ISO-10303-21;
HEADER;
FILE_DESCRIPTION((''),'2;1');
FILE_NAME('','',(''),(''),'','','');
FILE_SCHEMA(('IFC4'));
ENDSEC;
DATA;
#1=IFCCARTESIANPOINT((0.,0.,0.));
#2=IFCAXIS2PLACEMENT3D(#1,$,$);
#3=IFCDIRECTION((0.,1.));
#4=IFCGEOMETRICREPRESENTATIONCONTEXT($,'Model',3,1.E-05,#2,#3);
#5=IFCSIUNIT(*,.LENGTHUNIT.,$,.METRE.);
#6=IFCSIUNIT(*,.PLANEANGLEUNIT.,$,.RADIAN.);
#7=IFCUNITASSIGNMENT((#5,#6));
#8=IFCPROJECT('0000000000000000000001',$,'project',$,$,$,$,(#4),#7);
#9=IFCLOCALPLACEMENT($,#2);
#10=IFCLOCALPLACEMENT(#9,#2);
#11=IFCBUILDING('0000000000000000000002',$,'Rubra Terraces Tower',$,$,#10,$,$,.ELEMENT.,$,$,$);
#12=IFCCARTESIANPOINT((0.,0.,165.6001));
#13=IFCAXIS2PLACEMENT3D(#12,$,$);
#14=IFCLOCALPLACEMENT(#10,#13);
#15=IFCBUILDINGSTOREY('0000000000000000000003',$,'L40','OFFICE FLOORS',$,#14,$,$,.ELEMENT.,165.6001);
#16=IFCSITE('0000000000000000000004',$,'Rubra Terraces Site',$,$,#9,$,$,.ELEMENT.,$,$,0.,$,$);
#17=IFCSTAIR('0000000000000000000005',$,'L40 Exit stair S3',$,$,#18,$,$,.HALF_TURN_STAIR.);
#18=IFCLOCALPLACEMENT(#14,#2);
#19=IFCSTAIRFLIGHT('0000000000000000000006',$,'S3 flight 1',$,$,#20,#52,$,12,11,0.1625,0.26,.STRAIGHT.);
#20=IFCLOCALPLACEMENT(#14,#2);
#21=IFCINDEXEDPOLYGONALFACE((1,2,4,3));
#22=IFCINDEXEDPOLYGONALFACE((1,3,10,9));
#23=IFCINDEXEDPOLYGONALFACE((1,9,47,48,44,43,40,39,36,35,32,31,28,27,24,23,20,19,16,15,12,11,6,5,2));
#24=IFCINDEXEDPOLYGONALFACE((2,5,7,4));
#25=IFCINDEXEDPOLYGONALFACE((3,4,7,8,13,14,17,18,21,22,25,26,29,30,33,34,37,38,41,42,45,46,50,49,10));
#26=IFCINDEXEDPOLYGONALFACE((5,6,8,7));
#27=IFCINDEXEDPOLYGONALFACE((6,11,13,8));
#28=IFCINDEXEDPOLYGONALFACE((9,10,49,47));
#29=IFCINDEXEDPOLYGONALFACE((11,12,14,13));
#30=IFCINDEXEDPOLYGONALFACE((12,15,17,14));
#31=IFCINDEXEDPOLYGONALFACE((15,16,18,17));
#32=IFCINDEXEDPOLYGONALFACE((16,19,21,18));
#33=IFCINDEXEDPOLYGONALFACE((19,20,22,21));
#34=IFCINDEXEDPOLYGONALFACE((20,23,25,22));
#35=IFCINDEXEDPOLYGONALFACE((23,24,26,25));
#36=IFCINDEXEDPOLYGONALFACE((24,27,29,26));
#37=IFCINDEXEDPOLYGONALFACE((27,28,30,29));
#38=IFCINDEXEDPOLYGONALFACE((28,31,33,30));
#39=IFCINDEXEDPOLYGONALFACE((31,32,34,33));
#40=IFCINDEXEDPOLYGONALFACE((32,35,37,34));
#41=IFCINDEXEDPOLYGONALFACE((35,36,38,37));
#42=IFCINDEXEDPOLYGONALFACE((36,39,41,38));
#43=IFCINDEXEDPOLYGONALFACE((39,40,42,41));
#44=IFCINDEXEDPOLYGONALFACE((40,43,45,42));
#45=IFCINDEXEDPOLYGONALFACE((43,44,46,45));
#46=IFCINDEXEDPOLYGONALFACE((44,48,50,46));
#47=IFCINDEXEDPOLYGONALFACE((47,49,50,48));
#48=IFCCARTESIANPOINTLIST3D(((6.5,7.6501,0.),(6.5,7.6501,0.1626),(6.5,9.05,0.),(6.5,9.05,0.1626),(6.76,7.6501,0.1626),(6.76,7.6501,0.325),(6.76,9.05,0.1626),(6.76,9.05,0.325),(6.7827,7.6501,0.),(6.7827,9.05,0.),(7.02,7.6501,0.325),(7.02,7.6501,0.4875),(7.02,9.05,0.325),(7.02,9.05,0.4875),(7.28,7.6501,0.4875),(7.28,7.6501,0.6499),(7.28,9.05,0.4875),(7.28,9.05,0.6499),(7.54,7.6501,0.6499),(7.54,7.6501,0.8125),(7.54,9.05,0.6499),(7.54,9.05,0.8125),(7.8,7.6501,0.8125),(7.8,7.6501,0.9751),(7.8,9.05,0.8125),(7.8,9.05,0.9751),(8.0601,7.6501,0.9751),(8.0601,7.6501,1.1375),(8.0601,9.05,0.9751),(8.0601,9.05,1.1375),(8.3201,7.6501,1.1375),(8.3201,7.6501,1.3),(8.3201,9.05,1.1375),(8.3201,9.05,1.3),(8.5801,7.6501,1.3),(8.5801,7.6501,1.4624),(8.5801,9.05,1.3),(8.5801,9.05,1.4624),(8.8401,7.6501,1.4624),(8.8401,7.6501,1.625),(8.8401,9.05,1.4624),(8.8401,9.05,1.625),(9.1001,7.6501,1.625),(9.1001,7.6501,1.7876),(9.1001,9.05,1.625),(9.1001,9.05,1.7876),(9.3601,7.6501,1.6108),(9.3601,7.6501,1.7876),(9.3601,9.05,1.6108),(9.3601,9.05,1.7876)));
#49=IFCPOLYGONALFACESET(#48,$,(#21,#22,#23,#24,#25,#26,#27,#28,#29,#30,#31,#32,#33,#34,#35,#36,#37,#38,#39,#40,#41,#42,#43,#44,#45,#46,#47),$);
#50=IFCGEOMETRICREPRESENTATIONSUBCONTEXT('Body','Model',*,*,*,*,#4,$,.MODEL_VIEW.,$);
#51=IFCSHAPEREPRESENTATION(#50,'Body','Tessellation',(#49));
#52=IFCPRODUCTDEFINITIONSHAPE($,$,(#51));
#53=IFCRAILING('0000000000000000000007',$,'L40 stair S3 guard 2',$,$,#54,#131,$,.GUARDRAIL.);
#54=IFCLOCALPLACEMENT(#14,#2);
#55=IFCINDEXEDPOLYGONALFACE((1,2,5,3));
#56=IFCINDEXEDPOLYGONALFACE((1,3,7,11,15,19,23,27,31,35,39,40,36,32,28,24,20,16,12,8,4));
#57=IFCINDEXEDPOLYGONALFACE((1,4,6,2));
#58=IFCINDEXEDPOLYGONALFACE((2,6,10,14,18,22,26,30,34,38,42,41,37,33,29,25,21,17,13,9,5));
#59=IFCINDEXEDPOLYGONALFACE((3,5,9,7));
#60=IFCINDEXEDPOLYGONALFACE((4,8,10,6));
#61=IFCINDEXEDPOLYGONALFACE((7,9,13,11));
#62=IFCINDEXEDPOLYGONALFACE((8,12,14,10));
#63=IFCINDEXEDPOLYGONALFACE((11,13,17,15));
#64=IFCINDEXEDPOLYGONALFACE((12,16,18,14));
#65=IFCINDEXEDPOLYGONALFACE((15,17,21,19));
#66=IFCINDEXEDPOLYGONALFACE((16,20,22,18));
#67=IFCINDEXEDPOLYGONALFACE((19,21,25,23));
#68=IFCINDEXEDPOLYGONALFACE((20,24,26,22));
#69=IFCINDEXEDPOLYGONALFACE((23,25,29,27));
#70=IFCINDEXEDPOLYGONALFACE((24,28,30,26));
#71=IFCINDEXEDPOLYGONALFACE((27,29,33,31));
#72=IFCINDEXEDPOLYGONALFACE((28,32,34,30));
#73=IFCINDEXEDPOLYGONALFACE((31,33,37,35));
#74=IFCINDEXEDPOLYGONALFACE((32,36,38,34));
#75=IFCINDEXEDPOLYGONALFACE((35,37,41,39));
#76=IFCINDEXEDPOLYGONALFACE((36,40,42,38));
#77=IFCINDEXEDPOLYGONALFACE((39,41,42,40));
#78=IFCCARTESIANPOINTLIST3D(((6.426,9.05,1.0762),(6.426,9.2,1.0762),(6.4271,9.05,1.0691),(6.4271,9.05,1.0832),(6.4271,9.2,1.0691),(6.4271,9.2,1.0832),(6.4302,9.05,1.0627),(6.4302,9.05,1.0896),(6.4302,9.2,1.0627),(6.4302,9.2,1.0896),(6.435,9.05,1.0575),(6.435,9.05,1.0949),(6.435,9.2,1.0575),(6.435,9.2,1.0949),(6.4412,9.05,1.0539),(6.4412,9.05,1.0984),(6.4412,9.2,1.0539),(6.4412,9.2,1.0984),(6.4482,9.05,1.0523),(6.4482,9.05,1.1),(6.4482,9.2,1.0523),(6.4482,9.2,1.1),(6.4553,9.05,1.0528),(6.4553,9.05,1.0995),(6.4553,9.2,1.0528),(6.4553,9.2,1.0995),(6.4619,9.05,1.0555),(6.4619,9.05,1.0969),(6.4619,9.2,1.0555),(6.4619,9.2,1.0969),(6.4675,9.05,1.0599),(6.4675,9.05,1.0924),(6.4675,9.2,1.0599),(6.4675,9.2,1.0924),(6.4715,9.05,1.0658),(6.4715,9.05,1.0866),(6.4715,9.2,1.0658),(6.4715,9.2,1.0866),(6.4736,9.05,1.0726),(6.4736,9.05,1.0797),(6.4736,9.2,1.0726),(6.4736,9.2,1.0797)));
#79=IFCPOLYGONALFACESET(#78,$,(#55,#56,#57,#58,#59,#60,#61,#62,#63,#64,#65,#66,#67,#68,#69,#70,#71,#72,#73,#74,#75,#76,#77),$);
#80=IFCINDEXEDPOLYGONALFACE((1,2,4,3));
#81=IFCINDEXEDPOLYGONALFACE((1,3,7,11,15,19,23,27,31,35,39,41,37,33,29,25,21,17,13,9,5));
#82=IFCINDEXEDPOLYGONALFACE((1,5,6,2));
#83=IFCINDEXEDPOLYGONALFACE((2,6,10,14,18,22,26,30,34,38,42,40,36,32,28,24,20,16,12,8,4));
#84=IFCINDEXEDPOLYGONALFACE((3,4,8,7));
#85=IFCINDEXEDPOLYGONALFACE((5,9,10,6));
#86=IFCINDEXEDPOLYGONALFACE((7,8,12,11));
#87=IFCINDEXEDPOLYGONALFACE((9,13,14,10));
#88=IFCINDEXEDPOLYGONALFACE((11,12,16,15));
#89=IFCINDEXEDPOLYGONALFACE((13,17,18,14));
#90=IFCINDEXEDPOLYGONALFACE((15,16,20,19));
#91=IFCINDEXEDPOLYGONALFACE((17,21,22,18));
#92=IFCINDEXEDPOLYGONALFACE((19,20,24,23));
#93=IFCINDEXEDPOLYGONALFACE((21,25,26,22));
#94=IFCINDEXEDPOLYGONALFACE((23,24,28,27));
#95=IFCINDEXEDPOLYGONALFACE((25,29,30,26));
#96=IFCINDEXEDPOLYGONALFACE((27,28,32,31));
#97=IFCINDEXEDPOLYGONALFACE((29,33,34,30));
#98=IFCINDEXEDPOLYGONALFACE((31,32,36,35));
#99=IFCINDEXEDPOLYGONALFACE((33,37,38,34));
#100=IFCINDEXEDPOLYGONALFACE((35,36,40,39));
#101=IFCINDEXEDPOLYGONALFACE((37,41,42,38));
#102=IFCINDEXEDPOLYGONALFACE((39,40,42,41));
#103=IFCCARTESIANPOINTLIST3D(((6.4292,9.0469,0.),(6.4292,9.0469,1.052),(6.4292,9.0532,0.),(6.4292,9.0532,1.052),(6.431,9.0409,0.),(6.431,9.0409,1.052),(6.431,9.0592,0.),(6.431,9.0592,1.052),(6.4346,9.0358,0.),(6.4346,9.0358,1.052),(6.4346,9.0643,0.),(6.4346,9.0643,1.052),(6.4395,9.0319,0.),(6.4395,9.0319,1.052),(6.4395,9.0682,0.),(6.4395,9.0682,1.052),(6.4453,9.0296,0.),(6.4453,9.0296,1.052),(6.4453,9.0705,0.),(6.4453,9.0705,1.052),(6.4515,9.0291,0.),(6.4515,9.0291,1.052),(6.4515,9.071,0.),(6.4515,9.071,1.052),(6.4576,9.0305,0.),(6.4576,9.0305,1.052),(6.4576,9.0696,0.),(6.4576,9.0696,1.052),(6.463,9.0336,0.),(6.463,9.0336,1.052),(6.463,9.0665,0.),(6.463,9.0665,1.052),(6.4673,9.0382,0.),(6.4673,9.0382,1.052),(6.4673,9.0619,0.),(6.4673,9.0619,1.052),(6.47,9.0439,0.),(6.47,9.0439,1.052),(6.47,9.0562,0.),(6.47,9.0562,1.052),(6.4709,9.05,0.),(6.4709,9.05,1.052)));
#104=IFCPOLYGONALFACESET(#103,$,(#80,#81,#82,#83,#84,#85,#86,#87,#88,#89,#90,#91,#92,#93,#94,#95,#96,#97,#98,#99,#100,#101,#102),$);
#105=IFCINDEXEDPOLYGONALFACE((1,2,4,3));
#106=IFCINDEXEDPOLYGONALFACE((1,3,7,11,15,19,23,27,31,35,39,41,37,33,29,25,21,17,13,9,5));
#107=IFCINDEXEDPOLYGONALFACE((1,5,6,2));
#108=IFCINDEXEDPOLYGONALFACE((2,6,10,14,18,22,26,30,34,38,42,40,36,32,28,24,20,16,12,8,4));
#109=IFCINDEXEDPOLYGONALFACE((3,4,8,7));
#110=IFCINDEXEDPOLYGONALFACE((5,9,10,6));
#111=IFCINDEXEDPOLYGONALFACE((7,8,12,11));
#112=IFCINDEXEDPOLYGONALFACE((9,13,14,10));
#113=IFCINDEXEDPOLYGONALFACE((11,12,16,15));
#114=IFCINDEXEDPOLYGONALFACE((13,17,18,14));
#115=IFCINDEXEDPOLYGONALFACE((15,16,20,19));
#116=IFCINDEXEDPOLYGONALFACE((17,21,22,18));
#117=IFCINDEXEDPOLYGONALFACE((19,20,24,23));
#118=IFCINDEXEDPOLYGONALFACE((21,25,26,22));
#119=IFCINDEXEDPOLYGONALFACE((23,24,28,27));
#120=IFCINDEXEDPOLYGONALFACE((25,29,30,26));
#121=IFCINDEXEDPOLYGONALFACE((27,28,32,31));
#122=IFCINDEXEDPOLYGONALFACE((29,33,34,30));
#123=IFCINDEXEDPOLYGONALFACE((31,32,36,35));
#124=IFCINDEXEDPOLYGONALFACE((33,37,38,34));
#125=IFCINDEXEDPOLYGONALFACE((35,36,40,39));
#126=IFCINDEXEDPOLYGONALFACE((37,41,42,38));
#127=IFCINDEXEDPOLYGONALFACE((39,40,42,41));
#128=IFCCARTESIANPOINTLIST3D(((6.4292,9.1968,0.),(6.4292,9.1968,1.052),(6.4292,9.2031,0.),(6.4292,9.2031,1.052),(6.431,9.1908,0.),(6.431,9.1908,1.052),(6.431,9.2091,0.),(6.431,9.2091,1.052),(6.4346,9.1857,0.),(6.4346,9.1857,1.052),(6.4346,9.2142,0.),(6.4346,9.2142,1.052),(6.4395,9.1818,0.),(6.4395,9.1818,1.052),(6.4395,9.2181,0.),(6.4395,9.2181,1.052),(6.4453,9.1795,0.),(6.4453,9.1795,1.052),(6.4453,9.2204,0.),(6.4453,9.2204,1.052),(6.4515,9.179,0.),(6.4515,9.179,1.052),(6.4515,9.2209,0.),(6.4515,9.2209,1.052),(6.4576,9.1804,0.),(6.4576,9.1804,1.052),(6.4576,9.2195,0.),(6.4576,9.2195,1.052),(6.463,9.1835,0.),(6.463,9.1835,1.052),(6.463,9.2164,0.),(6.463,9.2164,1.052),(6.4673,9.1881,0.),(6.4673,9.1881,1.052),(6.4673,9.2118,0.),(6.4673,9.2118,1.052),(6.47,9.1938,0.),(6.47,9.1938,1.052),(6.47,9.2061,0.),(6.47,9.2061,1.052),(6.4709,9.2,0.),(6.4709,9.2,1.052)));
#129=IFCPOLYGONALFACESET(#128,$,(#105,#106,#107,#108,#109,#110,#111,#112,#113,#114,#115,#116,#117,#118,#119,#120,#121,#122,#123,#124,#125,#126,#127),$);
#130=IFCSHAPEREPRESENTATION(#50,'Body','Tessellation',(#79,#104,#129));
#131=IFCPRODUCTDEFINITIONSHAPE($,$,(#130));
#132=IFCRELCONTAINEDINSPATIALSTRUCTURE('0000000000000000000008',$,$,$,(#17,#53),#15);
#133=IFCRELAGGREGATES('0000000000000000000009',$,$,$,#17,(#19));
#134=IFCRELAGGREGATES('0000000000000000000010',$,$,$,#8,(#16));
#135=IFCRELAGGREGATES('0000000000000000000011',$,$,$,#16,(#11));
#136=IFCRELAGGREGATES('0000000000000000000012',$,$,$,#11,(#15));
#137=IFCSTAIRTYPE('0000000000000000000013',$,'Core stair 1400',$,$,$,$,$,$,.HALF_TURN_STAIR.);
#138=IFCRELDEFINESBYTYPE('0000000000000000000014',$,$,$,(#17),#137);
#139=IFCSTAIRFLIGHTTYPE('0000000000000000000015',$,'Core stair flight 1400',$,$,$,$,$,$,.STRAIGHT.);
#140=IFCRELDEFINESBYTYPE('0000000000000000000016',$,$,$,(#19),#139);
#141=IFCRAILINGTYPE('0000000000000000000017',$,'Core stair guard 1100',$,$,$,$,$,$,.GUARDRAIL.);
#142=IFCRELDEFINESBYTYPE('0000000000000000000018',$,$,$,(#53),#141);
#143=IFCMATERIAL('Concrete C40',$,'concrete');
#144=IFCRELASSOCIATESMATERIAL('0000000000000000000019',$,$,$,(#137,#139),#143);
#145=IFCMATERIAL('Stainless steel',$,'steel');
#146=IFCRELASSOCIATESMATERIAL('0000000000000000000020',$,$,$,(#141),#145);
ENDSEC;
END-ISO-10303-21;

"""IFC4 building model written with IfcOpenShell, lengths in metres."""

from ifc_helpers import new_model, si_unit, direction, frame, origin, origin_2d, place, context, subcontext, project, spatial, polyline, circle, outline, extrude, material, type_object, element, aggregate, save


model = new_model("IFC4")

# Units and contexts
model_context = context("Model", 3, precision=1e-05, world=origin(), true_north=direction((0.0, 1.0)))
body_context = subcontext(model_context, "Body", "Model", "MODEL_VIEW")
ifc_project = project(units=[si_unit("LENGTHUNIT", "METRE"), si_unit("PLANEANGLEUNIT", "RADIAN")], contexts=[model_context])

# Site, building, storey
site_placement = place(None, origin())
site = spatial("IfcSite", under=ifc_project, at=site_placement, Name="Rubra Terraces Site", CompositionType="ELEMENT", RefElevation=0.0)
building_placement = place(site_placement, origin())
building = spatial("IfcBuilding", under=site, at=building_placement, Name="Rubra Terraces Tower", CompositionType="ELEMENT")
storey_placement = place(building_placement, frame((0.0, 0.0, 165.6001)))
storey = spatial("IfcBuildingStorey", under=building, at=storey_placement, Name="L40", Description="OFFICE FLOORS", CompositionType="ELEMENT", Elevation=165.6001)

# Shared definitions
ifc_material_1 = material(Name="Concrete C40", Category="concrete")

# Stair
stair_type = type_object("IfcStairType", Name="Core stair 1400", PredefinedType="HALF_TURN_STAIR", material=ifc_material_1)
stair_1_placement = place(storey_placement, origin())
stair_1 = element("IfcStair", 1, at=stair_1_placement, inside=storey, type_object=stair_type, Name="L40 Exit stair S3", PredefinedType="HALF_TURN_STAIR")

# Stair flight
stair_flight_type = type_object("IfcStairFlightType", Name="Core stair flight 1400", PredefinedType="STRAIGHT", material=ifc_material_1)
stair_flight_placement = place(storey_placement, frame((6.5, 8.3501, 0.0), z_axis=(0.0, 0.0, 1.0), x_axis=(1.0, 0.0, 0.0)))
stair_flight = element("IfcStairFlight", 2, at=stair_flight_placement, type_object=stair_flight_type, Name="S3 flight 1", NumberOfRisers=12, NumberOfTreads=11, PredefinedType="STRAIGHT", RiserHeight=0.1625, TreadLength=0.26, context=body_context, shape_type="SweptSolid", body=[
    extrude(outline(polyline([(0.0, 0.0), (0.0, 0.1626), (0.26, 0.1626), (0.26, 0.325), (0.52, 0.325), (0.52, 0.4875), (0.78, 0.4875), (0.78, 0.6499), (1.04, 0.6499), (1.04, 0.8125), (1.3, 0.8125), (1.3, 0.9751), (1.5601, 0.9751), (1.5601, 1.1375), (1.8201, 1.1375), (1.8201, 1.3), (2.0801, 1.3), (2.0801, 1.4624), (2.3401, 1.4624), (2.3401, 1.625), (2.6001, 1.625), (2.6001, 1.7876), (2.8601, 1.7876), (2.8601, 1.95), (2.8601, 1.6108), (0.2827, 0.0), (0.0, 0.0)])), frame((0.0, 0.7, 0.0), z_axis=(0.0, -1.0, 0.0), x_axis=(1.0, 0.0, 0.0)), (0.0, 0.0, 1.0), 1.3999),
])
aggregate(stair_1, [stair_flight])

# Railing
ifc_material_2 = material(Name="Stainless steel", Category="steel")
railing_type_1 = type_object("IfcRailingType", Name="Core stair guard 1100", PredefinedType="GUARDRAIL", material=ifc_material_2)
railing_1_placement = place(storey_placement, frame((6.45, 9.05, 0.0)))
element("IfcRailing", 3, at=railing_1_placement, inside=storey, type_object=railing_type_1, Name="L40 stair S3 guard 2", PredefinedType="GUARDRAIL", context=body_context, shape_type="SweptSolid", body=[
    extrude(circle(Radius=0.0239, at=origin_2d()), frame((0.0, 0.0, 1.0762), z_axis=(0.0, 1.0, 0.0), x_axis=(-1.0, 0.0, 0.0)), (0.0, 0.0, 1.0), 0.1499),
    extrude(circle(Radius=0.021, at=origin_2d()), origin(), (0.0, 0.0, 1.0), 1.052),
    extrude(circle(Radius=0.021, at=origin_2d()), frame((0.0, 0.1499, 0.0)), (0.0, 0.0, 1.0), 1.052),
])

save(model, "model.ifc")
